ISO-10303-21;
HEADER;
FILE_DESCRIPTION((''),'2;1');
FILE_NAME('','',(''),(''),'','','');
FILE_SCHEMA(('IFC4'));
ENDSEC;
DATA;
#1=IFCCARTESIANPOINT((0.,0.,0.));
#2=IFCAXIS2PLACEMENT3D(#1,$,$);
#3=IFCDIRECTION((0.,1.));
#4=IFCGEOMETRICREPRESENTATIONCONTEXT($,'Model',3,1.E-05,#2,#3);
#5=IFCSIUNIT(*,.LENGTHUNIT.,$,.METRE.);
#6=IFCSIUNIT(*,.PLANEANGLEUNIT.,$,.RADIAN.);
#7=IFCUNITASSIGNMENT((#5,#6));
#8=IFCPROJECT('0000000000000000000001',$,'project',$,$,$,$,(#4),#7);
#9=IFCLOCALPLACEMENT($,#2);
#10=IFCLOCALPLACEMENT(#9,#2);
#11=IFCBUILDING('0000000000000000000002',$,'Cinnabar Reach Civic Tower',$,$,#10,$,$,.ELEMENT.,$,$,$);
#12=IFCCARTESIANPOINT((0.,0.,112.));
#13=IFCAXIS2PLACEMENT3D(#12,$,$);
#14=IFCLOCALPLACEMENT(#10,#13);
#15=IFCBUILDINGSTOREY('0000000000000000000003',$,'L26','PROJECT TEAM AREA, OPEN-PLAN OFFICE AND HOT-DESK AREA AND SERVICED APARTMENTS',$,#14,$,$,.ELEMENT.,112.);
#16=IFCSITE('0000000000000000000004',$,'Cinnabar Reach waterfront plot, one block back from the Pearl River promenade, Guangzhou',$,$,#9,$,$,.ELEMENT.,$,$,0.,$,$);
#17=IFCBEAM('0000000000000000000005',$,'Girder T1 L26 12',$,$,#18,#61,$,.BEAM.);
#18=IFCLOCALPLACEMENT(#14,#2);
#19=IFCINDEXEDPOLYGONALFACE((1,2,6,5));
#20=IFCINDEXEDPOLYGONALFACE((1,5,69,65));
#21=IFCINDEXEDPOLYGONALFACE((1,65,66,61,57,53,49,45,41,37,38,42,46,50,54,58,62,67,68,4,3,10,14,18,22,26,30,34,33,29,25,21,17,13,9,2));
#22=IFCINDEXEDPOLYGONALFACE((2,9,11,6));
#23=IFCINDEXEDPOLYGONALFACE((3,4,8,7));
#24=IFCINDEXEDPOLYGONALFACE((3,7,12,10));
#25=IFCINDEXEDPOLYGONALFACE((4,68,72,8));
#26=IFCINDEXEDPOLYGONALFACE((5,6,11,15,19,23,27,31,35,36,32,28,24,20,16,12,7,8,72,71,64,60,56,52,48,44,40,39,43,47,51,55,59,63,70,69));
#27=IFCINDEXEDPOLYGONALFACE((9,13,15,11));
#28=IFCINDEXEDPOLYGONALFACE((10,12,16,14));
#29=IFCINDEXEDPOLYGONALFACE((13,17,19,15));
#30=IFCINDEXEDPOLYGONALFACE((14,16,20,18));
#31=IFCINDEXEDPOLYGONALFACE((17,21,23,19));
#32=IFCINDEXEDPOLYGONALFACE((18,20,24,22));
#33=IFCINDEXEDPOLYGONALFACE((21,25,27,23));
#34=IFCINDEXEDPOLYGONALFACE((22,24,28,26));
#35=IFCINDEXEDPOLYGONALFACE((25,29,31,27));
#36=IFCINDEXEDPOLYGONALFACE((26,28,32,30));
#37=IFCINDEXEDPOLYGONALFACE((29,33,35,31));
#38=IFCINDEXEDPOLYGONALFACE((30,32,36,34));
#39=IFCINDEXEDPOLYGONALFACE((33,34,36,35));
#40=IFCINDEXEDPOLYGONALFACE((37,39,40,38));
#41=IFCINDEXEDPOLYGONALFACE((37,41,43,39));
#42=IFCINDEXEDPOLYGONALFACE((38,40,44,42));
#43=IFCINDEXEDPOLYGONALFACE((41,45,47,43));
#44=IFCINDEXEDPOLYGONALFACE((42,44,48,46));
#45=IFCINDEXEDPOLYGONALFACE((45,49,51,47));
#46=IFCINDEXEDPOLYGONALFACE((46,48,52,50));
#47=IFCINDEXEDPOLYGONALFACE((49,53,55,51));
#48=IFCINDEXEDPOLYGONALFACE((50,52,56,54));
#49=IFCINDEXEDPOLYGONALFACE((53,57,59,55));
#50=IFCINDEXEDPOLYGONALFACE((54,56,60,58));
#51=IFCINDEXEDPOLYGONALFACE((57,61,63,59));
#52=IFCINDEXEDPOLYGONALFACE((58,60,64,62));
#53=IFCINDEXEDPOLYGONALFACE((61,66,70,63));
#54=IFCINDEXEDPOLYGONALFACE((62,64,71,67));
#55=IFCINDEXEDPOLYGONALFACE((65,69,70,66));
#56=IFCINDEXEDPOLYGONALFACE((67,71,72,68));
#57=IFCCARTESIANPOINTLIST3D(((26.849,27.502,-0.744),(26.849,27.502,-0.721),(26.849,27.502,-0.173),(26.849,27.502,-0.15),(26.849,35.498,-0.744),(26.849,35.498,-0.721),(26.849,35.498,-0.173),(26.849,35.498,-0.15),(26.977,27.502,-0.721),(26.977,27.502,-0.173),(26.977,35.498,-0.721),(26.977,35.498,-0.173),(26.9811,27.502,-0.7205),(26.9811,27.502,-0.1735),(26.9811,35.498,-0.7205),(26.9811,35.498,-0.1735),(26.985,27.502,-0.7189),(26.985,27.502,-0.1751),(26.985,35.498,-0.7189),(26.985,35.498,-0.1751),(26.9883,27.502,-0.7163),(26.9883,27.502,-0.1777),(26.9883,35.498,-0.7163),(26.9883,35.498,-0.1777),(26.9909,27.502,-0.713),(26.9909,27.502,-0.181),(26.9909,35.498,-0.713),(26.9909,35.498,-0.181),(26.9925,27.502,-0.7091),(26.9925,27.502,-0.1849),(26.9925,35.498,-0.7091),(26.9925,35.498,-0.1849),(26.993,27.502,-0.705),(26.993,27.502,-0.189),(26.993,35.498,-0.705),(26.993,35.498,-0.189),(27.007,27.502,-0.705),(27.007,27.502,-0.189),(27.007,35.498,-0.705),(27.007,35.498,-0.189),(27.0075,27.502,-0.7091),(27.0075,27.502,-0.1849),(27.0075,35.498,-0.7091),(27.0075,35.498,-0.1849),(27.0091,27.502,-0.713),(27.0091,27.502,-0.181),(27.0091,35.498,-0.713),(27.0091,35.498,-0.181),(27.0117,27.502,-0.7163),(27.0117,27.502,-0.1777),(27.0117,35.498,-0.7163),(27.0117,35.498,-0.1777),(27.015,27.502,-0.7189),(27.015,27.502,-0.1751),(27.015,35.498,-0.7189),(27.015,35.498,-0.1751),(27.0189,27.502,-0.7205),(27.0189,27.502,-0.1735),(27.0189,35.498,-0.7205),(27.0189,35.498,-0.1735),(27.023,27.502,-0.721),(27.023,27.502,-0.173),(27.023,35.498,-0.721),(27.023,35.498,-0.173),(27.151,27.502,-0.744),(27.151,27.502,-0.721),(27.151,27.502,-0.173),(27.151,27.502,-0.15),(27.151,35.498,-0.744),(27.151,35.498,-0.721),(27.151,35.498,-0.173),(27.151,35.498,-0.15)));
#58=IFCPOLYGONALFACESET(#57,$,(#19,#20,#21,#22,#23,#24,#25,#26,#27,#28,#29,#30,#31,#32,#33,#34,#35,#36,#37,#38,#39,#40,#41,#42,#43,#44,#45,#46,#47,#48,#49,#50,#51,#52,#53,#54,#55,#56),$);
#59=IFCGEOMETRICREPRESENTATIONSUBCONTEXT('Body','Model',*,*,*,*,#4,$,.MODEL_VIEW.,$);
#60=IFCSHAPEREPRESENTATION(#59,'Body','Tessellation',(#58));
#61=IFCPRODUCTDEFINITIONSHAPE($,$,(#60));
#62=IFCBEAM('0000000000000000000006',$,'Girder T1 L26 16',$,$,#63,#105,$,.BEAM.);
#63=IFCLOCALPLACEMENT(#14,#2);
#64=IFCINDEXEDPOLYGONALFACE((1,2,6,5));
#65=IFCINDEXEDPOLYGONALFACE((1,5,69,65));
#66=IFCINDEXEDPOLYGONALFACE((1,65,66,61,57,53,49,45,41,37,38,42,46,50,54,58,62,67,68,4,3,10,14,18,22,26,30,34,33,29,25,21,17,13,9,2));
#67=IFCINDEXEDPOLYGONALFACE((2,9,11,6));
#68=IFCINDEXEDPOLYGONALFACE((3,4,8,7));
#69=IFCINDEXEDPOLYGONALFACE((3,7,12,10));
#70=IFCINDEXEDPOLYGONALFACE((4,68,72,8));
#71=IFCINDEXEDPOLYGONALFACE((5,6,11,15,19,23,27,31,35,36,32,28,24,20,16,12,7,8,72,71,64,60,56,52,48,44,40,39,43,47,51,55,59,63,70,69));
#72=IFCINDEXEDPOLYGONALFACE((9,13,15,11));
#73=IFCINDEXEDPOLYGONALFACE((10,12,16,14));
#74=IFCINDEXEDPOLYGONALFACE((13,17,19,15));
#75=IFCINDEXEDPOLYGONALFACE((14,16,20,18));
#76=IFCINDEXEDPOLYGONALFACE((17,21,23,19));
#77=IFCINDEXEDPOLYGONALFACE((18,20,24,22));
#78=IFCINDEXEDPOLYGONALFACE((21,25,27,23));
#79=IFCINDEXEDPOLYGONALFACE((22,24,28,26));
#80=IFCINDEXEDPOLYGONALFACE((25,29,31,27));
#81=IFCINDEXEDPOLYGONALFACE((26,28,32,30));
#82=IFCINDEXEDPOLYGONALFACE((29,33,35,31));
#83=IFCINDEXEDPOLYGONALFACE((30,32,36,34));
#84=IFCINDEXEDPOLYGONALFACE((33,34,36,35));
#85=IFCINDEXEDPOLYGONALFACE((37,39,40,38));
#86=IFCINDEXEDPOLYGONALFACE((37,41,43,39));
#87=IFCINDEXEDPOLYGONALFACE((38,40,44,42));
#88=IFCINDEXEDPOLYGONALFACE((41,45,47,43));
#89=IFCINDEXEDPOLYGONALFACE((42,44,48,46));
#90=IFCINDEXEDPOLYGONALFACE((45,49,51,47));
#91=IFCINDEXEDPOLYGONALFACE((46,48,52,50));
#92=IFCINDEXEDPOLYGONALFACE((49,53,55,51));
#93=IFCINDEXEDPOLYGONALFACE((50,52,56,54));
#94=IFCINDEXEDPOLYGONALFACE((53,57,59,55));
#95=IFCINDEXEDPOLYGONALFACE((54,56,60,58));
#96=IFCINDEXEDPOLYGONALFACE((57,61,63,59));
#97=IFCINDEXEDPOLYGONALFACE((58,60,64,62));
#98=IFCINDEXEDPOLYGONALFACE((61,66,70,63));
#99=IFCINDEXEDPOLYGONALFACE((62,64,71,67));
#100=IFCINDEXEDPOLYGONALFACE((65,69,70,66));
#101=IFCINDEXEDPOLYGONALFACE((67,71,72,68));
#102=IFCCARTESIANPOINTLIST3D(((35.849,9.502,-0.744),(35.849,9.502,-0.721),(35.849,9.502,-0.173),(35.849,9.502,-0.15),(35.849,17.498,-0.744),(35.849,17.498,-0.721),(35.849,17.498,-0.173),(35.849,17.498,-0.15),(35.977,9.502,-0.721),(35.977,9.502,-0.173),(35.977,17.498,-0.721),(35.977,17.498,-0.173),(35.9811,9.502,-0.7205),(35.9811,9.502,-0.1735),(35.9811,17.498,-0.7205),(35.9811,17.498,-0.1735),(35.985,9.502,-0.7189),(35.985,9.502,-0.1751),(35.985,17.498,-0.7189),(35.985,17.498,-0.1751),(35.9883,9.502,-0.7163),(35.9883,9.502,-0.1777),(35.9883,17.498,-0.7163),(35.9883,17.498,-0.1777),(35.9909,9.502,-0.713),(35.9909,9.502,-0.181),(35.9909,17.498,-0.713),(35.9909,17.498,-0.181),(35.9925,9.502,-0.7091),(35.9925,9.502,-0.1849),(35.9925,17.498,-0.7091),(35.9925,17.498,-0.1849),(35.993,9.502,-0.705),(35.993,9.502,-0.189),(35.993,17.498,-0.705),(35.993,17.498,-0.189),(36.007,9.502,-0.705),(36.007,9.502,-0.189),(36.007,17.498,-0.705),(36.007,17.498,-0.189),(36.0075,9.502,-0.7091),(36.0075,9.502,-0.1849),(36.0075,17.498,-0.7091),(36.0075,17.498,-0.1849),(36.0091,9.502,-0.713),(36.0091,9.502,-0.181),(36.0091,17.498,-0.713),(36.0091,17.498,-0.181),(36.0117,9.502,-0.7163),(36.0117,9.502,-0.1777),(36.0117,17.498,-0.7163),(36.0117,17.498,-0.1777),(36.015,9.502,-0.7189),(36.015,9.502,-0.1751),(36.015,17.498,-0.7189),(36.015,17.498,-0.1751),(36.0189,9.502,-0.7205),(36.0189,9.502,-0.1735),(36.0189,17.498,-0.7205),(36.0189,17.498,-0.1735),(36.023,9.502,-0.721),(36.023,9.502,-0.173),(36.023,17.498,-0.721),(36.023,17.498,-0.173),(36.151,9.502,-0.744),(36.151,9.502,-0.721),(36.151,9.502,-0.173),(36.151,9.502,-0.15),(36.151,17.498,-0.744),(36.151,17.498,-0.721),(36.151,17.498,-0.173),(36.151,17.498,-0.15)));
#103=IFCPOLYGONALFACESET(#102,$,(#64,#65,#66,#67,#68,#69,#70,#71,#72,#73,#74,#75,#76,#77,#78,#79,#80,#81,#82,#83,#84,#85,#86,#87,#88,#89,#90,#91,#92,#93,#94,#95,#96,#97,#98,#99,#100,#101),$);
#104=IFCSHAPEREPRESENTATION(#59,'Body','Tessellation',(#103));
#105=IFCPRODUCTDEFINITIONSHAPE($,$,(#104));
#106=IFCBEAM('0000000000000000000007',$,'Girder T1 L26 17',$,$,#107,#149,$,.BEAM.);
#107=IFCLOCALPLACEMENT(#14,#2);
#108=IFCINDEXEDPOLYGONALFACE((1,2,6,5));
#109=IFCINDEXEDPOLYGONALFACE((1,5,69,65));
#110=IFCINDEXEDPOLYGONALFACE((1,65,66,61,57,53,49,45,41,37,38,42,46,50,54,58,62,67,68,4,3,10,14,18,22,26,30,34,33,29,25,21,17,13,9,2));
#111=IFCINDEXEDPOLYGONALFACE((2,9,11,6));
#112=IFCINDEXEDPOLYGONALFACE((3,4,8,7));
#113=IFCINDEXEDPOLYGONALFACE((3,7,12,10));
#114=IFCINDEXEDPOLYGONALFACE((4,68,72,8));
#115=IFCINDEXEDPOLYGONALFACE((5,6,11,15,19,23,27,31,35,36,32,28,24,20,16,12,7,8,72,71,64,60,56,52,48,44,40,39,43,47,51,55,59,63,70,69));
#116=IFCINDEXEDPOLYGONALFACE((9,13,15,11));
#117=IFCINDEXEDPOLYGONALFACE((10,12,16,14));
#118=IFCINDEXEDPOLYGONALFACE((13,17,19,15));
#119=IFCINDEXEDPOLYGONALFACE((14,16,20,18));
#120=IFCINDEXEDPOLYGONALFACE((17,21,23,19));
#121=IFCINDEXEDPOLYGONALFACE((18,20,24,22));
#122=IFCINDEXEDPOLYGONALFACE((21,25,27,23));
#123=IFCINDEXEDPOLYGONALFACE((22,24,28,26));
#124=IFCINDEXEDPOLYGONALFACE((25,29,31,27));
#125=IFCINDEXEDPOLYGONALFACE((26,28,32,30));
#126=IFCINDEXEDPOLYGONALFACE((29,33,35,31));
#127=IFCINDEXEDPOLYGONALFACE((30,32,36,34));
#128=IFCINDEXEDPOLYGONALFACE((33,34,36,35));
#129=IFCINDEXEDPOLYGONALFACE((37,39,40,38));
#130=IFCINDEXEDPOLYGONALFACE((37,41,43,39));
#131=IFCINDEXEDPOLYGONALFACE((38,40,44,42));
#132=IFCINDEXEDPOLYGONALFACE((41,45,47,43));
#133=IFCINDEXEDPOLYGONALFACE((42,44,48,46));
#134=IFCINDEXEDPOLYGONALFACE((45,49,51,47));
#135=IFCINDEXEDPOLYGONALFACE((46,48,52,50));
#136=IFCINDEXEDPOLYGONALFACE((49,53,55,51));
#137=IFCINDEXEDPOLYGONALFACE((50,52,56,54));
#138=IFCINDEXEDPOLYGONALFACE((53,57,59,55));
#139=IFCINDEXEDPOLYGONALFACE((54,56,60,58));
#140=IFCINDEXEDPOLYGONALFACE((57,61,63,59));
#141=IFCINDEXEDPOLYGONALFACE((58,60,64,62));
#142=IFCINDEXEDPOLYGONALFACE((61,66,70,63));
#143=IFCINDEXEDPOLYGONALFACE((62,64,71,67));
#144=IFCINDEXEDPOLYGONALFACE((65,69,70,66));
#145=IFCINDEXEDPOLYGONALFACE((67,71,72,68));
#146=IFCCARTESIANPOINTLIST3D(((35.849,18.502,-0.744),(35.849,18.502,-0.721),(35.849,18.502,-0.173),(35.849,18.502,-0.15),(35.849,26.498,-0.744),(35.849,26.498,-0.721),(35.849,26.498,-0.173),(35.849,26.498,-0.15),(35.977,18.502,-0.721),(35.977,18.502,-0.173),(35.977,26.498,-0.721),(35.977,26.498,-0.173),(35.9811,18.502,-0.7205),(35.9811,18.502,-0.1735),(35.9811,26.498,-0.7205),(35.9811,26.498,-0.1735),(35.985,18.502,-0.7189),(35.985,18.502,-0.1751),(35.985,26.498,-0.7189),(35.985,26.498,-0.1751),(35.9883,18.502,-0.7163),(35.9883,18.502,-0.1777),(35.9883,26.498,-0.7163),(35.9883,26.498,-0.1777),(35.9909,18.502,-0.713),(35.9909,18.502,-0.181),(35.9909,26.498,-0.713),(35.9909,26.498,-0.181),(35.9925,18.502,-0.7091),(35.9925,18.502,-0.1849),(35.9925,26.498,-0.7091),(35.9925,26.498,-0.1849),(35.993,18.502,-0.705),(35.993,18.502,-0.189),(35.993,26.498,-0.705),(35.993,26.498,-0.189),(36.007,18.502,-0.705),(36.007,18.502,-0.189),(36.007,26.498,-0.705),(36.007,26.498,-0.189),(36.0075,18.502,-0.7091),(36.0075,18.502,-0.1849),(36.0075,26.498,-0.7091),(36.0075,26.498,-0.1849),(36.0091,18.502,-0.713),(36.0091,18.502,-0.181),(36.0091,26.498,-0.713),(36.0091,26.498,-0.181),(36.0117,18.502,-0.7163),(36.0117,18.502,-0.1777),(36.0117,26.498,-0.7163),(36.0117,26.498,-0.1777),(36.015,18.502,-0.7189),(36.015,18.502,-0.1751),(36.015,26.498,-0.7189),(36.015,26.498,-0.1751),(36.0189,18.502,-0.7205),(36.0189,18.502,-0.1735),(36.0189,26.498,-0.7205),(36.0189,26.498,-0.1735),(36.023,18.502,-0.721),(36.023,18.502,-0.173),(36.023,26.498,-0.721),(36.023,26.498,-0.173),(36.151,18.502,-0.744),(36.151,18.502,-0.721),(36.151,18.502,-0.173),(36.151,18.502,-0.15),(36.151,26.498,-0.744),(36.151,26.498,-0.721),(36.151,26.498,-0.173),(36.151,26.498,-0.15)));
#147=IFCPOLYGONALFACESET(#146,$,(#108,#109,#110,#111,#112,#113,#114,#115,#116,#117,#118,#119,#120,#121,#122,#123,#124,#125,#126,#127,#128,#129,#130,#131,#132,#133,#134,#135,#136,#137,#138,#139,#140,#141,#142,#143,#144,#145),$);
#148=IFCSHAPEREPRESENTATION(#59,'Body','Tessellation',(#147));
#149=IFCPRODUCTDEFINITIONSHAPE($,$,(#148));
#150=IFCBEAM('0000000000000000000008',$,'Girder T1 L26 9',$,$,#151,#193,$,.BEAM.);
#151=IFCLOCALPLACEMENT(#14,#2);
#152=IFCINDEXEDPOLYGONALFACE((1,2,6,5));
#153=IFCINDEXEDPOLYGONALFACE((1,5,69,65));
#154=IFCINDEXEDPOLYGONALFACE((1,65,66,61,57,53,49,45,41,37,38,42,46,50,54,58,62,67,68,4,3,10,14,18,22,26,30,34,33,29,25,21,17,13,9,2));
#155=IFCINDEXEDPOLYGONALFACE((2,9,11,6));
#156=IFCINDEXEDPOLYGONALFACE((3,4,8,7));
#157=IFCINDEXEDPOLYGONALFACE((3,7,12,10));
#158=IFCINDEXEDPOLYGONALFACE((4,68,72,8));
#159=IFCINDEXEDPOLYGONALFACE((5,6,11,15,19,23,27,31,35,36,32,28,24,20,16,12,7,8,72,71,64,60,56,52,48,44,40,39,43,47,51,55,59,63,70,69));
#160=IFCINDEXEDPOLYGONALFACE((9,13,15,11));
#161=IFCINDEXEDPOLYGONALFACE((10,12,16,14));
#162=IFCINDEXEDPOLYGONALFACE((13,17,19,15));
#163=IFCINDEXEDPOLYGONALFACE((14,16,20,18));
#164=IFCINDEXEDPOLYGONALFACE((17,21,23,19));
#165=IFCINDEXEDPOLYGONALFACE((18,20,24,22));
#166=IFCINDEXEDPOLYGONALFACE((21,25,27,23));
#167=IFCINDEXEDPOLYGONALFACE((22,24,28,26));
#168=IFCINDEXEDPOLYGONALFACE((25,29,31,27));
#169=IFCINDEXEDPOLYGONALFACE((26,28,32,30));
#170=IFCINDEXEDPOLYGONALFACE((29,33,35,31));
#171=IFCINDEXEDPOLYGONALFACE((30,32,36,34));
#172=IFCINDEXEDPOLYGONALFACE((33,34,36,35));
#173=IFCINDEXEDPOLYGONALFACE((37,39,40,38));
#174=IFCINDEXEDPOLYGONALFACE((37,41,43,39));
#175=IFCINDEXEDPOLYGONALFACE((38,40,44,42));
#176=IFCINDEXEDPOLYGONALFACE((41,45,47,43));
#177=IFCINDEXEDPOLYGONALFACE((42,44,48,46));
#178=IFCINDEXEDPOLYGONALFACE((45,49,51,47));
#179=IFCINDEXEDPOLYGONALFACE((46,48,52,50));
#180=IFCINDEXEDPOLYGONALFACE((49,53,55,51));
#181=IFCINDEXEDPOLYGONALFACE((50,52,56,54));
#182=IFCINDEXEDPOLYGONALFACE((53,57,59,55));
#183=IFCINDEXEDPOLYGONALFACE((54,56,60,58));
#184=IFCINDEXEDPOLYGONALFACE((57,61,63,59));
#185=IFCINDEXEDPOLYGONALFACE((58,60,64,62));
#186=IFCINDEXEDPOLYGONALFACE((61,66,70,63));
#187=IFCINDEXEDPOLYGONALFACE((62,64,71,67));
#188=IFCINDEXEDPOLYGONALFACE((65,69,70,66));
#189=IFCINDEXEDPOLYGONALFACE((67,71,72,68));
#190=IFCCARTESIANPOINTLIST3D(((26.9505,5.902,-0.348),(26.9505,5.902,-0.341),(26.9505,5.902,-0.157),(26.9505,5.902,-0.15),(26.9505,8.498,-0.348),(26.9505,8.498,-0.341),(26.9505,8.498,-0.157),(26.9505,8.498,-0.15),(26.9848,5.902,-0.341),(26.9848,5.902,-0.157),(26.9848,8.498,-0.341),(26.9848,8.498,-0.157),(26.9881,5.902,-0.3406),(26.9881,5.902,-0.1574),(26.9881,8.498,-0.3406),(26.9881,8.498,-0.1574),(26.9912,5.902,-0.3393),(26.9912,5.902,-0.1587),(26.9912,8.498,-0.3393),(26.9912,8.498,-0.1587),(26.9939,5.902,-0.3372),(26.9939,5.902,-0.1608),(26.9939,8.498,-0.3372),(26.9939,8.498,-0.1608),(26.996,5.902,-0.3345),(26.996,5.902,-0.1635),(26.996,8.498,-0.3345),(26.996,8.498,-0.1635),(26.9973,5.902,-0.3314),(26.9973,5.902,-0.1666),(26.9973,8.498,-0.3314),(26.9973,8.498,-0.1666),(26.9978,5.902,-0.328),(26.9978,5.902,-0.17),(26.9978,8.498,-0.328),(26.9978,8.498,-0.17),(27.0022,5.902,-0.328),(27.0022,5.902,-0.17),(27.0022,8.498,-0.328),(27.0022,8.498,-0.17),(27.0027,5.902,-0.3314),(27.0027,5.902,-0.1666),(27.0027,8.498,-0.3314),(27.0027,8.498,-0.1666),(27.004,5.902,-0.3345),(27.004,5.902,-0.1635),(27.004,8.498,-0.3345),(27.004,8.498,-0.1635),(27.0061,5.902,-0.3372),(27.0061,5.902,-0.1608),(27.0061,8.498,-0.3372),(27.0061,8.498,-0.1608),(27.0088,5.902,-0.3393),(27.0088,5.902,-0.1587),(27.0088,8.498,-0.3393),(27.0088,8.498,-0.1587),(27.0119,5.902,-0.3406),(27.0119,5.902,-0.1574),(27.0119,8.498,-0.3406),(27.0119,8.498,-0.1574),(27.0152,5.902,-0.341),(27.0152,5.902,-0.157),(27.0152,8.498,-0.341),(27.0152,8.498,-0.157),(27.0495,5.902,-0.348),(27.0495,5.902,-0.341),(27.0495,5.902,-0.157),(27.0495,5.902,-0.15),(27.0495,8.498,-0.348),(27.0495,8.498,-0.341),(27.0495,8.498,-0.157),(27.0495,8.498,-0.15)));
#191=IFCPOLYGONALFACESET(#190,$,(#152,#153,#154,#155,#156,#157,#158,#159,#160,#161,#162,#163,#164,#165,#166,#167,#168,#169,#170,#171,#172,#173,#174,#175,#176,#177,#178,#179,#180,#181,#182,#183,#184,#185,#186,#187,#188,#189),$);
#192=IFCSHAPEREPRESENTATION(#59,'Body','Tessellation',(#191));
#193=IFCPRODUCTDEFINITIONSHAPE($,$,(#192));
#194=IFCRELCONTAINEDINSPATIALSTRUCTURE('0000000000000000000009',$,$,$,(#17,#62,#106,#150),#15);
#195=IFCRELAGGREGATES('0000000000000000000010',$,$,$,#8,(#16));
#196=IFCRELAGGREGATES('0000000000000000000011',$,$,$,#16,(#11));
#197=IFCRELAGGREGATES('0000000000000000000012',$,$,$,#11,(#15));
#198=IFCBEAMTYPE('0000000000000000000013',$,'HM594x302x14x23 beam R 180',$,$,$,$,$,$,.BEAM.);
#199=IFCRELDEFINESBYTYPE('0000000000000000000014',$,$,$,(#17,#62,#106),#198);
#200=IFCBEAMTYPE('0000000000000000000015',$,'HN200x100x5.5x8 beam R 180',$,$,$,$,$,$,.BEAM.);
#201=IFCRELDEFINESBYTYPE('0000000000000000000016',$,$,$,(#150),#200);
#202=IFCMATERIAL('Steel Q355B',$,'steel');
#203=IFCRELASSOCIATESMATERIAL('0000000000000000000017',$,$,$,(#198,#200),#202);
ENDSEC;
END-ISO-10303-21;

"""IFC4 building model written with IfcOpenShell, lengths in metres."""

from ifc_helpers import new_model, si_unit, direction, frame, origin, origin_2d, place, context, subcontext, project, spatial, i_section, extrude, material, material_profile, profile_set, type_object, element, save


model = new_model("IFC4")

# Units and contexts
model_context = context("Model", 3, precision=1e-05, world=origin(), true_north=direction((0.0, 1.0)))
body_context = subcontext(model_context, "Body", "Model", "MODEL_VIEW")
ifc_project = project(units=[si_unit("LENGTHUNIT", "METRE"), si_unit("PLANEANGLEUNIT", "RADIAN")], contexts=[model_context])

# Site, building, storey
site_placement = place(None, origin())
site = spatial("IfcSite", under=ifc_project, at=site_placement, Name="Cinnabar Reach waterfront plot, one block back from the Pearl River promenade, Guangzhou", CompositionType="ELEMENT", RefElevation=0.0)
building_placement = place(site_placement, origin())
building = spatial("IfcBuilding", under=site, at=building_placement, Name="Cinnabar Reach Civic Tower", CompositionType="ELEMENT")
storey_placement = place(building_placement, frame((0.0, 0.0, 112.0)))
storey = spatial("IfcBuildingStorey", under=building, at=storey_placement, Name="L26", Description="PROJECT TEAM AREA, OPEN-PLAN OFFICE AND HOT-DESK AREA AND SERVICED APARTMENTS", CompositionType="ELEMENT", Elevation=112.0)

# Beams
ifc_material_1 = material(Name="Steel Q355B", Category="steel")
ifc_material_profile_1 = material_profile(ifc_material_1, i_section(OverallWidth=0.302, OverallDepth=0.594, WebThickness=0.014, FlangeThickness=0.023, FilletRadius=0.016, at=origin_2d()), Name="HM594x302x14x23")
ifc_profile_set_1 = profile_set([ifc_material_profile_1], Name="Steel Q355B")
beam_type_1 = type_object("IfcBeamType", Name="HM594x302x14x23 beam R 180", PredefinedType="BEAM", material=ifc_profile_set_1)
for number, where, z_axis, x_axis, name in (
    (1, (27.0, 27.502, -0.447), (0.0, 1.0, 0.0), (-1.0, 0.0, 0.0), "Girder T1 L26 12"),
    (2, (36.0, 9.502, -0.447), (0.0, 1.0, 0.0), (-1.0, 0.0, 0.0), "Girder T1 L26 16"),
    (3, (36.0, 18.502, -0.447), (0.0, 1.0, 0.0), (-1.0, 0.0, 0.0), "Girder T1 L26 17"),
):
    element("IfcBeam", number, at=place(storey_placement, frame(where, z_axis=z_axis, x_axis=x_axis)), inside=storey, type_object=beam_type_1, Name=name, PredefinedType="BEAM", context=body_context, shape_type="SweptSolid", body=[
        extrude(i_section(OverallWidth=0.302, OverallDepth=0.594, WebThickness=0.014, FlangeThickness=0.023, FilletRadius=0.016, at=origin_2d()), origin(), (0.0, 0.0, 1.0), 7.996),
    ])
ifc_material_profile_2 = material_profile(ifc_material_1, i_section(OverallWidth=0.099, OverallDepth=0.198, WebThickness=0.0045, FlangeThickness=0.007, FilletRadius=0.013, at=origin_2d()), Name="HN200x100x5.5x8")
ifc_profile_set_2 = profile_set([ifc_material_profile_2], Name="Steel Q355B")
beam_type_2 = type_object("IfcBeamType", Name="HN200x100x5.5x8 beam R 180", PredefinedType="BEAM", material=ifc_profile_set_2)
for number, where, z_axis, x_axis, name in (
    (4, (27.0, 5.902, -0.249), (0.0, 1.0, 0.0), (-1.0, 0.0, 0.0), "Girder T1 L26 9"),
):
    element("IfcBeam", number, at=place(storey_placement, frame(where, z_axis=z_axis, x_axis=x_axis)), inside=storey, type_object=beam_type_2, Name=name, PredefinedType="BEAM", context=body_context, shape_type="SweptSolid", body=[
        extrude(i_section(OverallWidth=0.099, OverallDepth=0.198, WebThickness=0.0045, FlangeThickness=0.007, FilletRadius=0.013, at=origin_2d()), origin(), (0.0, 0.0, 1.0), 2.596),
    ])

save(model, "model.ifc")
